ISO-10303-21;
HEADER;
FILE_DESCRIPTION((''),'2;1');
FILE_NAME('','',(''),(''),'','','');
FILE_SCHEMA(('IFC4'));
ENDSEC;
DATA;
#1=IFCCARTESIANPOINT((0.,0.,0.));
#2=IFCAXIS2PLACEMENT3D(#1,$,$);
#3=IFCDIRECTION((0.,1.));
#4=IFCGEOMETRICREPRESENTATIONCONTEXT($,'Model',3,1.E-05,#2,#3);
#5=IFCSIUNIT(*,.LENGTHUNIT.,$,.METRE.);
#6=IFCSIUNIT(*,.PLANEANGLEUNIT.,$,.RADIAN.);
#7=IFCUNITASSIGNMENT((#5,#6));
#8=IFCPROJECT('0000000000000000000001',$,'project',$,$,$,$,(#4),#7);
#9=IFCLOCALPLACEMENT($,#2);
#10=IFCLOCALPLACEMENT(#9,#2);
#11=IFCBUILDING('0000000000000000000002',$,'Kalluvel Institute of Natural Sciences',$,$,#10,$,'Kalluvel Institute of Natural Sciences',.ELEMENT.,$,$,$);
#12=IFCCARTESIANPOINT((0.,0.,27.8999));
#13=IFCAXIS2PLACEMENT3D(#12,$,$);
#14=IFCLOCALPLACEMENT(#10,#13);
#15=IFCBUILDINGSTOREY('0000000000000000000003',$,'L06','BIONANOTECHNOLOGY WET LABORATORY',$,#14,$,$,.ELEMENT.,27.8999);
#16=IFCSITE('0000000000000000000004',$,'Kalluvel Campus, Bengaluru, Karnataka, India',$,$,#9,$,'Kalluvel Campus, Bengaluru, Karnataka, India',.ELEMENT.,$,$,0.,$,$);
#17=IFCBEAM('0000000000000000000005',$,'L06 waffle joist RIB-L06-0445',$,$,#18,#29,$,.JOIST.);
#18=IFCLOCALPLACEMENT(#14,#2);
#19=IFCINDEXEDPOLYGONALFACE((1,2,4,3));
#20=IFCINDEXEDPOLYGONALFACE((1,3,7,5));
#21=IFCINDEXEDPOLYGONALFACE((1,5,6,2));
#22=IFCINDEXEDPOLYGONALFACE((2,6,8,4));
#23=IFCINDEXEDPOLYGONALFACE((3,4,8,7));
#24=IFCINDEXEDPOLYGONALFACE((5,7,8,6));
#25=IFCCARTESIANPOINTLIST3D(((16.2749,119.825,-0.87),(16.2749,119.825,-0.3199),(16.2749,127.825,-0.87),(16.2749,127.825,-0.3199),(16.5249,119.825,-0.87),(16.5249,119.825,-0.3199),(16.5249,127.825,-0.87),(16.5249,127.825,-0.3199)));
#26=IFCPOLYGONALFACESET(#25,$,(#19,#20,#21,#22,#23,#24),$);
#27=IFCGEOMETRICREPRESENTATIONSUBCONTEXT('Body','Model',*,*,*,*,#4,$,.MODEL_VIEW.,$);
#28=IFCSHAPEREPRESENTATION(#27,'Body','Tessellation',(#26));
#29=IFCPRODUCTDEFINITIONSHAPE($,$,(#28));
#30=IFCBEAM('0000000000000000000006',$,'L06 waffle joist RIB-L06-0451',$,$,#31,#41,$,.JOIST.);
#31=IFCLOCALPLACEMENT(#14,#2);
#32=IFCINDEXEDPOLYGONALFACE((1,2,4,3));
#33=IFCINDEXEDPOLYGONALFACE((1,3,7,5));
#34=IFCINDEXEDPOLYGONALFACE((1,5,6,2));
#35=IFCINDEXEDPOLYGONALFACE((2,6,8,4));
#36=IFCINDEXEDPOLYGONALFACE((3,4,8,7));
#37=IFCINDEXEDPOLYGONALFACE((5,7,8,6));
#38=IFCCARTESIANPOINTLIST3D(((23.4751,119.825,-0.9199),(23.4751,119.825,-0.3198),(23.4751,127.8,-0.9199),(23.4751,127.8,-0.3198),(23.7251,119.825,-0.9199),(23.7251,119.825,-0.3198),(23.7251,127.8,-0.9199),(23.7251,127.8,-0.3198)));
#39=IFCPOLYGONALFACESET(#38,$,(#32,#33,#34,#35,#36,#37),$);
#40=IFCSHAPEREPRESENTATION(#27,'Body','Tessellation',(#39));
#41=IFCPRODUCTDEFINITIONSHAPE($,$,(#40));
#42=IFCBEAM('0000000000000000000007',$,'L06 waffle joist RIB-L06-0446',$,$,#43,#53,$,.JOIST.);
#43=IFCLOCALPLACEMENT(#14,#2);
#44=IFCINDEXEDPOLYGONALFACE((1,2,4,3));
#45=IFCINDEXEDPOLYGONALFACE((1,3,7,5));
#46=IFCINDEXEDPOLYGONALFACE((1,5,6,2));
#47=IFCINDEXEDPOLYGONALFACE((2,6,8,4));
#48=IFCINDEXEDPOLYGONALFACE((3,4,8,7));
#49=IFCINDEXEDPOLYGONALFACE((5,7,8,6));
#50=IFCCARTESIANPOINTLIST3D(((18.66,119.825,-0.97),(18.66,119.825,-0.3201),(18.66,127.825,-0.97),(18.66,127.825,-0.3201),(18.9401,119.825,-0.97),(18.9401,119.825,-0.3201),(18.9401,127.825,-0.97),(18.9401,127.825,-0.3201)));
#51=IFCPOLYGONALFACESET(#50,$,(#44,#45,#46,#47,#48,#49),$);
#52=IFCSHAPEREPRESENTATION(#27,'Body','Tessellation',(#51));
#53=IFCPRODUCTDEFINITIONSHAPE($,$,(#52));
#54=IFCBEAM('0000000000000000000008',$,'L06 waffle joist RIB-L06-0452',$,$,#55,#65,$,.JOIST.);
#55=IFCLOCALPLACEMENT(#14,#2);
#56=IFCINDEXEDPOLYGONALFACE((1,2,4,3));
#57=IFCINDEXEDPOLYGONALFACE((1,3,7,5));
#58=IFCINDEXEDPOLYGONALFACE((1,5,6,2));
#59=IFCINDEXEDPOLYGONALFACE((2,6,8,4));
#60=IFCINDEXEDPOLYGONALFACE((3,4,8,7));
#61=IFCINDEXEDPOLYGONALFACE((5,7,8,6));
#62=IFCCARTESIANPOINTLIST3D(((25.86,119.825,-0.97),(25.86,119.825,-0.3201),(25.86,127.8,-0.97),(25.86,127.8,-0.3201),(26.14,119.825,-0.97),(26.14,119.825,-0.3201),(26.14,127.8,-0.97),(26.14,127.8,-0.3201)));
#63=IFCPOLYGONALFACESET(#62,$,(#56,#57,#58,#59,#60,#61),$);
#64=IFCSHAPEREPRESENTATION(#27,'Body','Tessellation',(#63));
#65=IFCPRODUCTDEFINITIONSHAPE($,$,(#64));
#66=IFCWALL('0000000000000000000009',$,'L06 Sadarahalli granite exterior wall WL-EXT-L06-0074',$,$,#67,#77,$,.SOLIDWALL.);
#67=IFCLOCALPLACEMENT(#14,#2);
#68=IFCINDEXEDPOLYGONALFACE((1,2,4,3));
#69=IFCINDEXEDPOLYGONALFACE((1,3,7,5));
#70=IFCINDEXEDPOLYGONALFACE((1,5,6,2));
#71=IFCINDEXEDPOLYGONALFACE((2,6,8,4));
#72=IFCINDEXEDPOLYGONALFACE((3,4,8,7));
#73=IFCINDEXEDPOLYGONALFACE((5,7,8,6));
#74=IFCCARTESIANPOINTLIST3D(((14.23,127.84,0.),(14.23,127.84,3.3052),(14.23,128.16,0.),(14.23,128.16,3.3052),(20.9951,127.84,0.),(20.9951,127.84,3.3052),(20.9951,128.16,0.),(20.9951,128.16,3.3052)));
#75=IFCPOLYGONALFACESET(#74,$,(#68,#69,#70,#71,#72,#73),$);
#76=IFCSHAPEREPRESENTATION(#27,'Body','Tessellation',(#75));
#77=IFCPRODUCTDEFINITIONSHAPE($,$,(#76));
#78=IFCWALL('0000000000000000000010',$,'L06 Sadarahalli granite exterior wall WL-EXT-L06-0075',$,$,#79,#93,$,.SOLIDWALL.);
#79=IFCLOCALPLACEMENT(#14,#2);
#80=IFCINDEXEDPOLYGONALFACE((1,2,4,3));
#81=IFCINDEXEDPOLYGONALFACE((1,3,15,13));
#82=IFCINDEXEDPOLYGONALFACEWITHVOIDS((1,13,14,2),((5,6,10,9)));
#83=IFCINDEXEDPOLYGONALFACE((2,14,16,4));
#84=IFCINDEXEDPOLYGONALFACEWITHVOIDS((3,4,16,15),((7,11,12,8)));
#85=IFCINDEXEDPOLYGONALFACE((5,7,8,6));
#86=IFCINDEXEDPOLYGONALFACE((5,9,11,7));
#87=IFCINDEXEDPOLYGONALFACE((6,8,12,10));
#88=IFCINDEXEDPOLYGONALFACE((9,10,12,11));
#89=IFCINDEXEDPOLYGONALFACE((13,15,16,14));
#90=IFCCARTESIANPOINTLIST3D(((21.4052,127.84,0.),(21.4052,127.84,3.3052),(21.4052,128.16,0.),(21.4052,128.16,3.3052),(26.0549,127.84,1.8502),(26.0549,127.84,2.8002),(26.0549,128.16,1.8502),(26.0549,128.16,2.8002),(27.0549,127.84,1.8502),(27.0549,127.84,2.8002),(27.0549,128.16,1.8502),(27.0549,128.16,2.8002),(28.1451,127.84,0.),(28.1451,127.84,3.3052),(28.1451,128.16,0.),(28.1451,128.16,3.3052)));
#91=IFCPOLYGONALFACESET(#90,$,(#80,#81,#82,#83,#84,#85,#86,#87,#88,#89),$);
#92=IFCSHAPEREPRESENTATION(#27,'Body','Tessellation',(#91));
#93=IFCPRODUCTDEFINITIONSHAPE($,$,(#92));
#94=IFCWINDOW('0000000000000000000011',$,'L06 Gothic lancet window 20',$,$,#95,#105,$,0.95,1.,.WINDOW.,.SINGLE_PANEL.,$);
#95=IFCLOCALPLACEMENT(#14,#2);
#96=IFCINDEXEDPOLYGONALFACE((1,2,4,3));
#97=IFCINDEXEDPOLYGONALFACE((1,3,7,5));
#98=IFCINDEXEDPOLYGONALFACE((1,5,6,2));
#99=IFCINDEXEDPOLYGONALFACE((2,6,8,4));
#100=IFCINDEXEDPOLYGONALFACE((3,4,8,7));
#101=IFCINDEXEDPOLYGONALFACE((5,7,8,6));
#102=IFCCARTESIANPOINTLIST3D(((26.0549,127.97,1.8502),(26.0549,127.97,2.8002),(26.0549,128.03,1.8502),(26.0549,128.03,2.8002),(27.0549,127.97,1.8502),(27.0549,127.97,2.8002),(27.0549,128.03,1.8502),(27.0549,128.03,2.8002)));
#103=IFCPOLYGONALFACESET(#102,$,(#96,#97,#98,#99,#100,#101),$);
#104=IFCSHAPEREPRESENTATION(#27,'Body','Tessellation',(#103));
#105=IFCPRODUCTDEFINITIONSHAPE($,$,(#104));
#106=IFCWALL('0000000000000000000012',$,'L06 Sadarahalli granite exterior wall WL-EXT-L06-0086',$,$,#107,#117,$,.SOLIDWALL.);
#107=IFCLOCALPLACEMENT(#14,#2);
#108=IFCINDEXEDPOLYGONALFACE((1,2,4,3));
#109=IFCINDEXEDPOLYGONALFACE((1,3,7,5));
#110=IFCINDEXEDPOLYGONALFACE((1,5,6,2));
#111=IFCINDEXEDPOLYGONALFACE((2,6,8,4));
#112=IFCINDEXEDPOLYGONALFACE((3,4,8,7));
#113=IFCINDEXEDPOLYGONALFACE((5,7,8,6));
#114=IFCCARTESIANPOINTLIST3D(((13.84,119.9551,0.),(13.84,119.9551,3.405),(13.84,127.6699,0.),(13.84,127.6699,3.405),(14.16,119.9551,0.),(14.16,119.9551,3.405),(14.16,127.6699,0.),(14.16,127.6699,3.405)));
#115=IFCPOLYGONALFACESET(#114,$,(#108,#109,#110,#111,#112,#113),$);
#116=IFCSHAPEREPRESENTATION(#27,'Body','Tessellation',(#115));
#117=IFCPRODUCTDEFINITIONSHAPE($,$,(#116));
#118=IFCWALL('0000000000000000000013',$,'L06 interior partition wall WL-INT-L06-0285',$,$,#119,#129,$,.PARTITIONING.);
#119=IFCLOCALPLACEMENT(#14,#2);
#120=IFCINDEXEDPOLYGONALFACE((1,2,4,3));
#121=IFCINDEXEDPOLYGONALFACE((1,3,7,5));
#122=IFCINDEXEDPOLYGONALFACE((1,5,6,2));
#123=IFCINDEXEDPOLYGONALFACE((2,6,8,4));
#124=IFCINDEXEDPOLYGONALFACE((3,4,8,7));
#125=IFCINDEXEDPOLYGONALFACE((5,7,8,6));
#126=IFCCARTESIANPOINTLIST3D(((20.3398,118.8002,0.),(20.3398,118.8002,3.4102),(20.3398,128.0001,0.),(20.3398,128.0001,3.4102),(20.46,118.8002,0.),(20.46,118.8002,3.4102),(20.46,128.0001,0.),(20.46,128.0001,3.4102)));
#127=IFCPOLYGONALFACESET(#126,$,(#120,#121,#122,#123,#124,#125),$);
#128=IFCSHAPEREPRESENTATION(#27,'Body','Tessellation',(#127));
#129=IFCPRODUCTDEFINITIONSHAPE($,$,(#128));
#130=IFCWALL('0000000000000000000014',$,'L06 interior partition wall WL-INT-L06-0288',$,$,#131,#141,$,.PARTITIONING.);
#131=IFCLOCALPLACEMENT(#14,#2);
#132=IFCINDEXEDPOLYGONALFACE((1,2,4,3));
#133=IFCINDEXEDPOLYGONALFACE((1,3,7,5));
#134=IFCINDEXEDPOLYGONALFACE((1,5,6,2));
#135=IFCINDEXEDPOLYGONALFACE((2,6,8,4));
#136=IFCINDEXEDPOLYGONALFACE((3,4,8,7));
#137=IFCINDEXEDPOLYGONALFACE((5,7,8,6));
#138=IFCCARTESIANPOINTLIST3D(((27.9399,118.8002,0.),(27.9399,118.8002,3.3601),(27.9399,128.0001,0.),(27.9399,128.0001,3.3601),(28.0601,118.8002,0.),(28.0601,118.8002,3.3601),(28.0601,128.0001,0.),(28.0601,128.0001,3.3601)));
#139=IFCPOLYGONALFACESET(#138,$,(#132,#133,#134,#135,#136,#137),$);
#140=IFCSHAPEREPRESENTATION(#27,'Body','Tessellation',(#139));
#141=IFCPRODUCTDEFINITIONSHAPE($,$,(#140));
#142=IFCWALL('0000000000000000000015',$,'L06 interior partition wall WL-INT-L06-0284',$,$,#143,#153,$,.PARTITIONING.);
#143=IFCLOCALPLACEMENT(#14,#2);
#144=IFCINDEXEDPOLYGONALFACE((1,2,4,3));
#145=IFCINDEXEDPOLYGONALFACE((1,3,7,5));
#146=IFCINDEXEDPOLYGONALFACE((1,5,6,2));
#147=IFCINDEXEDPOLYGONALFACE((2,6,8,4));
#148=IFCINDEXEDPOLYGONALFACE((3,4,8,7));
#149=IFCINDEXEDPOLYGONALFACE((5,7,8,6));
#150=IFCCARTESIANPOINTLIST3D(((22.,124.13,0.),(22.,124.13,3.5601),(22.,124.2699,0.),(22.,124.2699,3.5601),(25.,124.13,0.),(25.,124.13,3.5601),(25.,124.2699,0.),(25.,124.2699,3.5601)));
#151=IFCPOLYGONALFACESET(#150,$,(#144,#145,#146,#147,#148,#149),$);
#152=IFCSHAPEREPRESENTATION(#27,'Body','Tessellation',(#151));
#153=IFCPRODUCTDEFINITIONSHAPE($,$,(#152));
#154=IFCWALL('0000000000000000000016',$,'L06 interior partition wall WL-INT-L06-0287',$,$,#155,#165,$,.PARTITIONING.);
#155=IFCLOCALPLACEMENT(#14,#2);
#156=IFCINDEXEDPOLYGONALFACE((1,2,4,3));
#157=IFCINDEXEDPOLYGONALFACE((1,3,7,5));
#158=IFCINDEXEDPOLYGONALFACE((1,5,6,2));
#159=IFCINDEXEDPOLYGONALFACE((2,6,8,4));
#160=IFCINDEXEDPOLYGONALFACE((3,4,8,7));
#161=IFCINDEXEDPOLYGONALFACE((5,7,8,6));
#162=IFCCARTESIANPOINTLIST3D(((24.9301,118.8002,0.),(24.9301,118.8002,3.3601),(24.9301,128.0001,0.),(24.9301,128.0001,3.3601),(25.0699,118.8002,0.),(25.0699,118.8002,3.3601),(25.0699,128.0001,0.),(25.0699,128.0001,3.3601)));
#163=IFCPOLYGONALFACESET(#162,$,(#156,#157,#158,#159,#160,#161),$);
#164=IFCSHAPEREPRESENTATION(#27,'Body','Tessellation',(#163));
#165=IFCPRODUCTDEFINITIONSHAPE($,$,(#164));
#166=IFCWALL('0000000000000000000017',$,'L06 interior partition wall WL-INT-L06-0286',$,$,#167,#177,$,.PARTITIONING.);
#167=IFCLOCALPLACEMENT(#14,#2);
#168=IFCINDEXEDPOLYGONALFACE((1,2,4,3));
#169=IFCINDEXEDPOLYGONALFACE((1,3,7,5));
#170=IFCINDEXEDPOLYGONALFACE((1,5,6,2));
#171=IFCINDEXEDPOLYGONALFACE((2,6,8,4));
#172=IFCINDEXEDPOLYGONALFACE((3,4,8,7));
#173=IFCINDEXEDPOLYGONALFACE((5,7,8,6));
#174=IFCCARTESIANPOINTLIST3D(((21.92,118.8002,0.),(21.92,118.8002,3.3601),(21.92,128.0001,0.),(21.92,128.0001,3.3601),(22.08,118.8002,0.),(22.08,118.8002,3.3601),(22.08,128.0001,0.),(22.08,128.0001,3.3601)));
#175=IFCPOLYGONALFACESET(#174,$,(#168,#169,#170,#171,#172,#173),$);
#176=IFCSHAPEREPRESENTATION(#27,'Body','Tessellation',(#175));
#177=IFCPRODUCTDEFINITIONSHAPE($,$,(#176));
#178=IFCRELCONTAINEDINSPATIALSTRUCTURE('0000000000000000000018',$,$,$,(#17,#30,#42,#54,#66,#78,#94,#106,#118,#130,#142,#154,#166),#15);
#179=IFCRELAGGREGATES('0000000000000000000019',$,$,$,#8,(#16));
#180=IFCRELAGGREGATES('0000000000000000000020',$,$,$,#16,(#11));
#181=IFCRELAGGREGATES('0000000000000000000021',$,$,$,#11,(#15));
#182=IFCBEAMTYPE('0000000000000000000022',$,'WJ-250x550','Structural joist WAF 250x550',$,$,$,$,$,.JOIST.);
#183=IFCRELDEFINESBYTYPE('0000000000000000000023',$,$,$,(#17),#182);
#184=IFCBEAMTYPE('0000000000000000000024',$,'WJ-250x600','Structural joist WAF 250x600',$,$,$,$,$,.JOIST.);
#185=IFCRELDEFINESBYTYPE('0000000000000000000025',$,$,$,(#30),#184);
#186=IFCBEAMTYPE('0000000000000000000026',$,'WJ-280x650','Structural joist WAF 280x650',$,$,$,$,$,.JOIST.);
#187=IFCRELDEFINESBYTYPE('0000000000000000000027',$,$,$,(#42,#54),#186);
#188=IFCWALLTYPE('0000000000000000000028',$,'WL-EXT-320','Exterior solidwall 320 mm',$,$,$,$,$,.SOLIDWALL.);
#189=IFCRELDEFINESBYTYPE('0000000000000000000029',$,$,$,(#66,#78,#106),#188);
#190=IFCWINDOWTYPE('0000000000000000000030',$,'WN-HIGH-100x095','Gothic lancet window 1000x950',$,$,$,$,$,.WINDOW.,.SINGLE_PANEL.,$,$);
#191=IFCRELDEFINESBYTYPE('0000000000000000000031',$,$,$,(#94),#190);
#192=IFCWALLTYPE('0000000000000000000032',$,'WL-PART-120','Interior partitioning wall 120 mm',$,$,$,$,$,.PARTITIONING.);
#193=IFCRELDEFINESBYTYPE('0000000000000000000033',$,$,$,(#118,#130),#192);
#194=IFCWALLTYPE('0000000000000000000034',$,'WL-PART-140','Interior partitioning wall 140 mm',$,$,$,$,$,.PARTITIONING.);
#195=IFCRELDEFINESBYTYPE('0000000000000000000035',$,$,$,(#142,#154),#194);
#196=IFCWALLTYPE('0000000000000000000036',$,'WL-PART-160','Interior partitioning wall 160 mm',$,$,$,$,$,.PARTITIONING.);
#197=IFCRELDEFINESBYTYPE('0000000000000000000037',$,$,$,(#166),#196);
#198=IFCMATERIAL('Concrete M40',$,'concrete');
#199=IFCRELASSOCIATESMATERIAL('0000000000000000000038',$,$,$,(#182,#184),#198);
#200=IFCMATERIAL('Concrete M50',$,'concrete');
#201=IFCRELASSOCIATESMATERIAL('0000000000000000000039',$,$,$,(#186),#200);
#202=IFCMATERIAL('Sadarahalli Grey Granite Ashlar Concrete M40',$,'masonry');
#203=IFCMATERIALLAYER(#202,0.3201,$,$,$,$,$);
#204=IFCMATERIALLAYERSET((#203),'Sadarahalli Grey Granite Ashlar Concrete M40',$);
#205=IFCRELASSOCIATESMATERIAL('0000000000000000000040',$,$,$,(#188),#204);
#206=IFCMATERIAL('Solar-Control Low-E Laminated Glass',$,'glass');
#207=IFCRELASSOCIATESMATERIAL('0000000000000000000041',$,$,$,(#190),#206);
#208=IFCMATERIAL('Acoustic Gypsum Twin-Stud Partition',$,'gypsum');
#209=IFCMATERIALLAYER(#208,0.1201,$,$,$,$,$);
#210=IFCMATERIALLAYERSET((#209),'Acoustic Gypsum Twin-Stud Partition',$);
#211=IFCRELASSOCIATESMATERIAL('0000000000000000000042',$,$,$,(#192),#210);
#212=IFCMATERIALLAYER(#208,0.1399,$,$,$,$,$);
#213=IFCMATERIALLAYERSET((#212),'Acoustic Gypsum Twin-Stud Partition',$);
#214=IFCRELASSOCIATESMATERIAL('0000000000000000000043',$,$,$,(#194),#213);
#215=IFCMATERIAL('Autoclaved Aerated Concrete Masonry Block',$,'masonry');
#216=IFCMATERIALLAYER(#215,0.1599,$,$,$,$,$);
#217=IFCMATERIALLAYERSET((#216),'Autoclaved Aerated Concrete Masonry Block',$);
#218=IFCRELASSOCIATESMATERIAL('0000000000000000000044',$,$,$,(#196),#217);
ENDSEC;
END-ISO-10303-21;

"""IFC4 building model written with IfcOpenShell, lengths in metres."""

from ifc_helpers import new_model, si_unit, direction, frame, frame_2d, origin, origin_2d, place, context, subcontext, project, spatial, rectangle, extrude, material, layer, layer_set, material_profile, profile_set, type_object, element, fill, save


model = new_model("IFC4")

# Units and contexts
model_context = context("Model", 3, precision=1e-05, world=origin(), true_north=direction((0.0, 1.0)))
body_context = subcontext(model_context, "Body", "Model", "MODEL_VIEW")
ifc_project = project(units=[si_unit("LENGTHUNIT", "METRE"), si_unit("PLANEANGLEUNIT", "RADIAN")], contexts=[model_context])

# Site, building, storey
site_placement = place(None, origin())
site = spatial("IfcSite", under=ifc_project, at=site_placement, Name="Kalluvel Campus, Bengaluru, Karnataka, India", LongName="Kalluvel Campus, Bengaluru, Karnataka, India", CompositionType="ELEMENT", RefElevation=0.0)
building_placement = place(site_placement, origin())
building = spatial("IfcBuilding", under=site, at=building_placement, Name="Kalluvel Institute of Natural Sciences", LongName="Kalluvel Institute of Natural Sciences", CompositionType="ELEMENT")
storey_placement = place(building_placement, frame((0.0, 0.0, 27.8999)))
storey = spatial("IfcBuildingStorey", under=building, at=storey_placement, Name="L06", Description="BIONANOTECHNOLOGY WET LABORATORY", CompositionType="ELEMENT", Elevation=27.8999)

# Shared definitions
ifc_material_1 = material(Name="Concrete M40", Category="concrete")

# Beams
ifc_material_2 = material(Name="Concrete M50", Category="concrete")
ifc_material_profile_1 = material_profile(ifc_material_1, rectangle(XDim=0.25, YDim=0.55, at=origin_2d()), Name="WAF 250x550")
ifc_profile_set_1 = profile_set([ifc_material_profile_1], Name="Concrete M40")
beam_type_1 = type_object("IfcBeamType", Name="WJ-250x550", Description="Structural joist WAF 250x550", PredefinedType="JOIST", material=ifc_profile_set_1)
beam_1_placement = place(storey_placement, frame((16.3999, 119.825, -0.595), z_axis=(0.0, 1.0, 0.0), x_axis=(-1.0, 0.0, 0.0)))
element("IfcBeam", 1, at=beam_1_placement, inside=storey, type_object=beam_type_1, Name="L06 waffle joist RIB-L06-0445", PredefinedType="JOIST", context=body_context, shape_type="SweptSolid", body=[
    extrude(rectangle(XDim=0.25, YDim=0.55, at=origin_2d()), origin(), (0.0, 0.0, 1.0), 8.0),
])
ifc_material_profile_2 = material_profile(ifc_material_1, rectangle(XDim=0.25, YDim=0.6001, at=origin_2d()), Name="WAF 250x600")
ifc_profile_set_2 = profile_set([ifc_material_profile_2], Name="Concrete M40")
beam_type_2 = type_object("IfcBeamType", Name="WJ-250x600", Description="Structural joist WAF 250x600", PredefinedType="JOIST", material=ifc_profile_set_2)
beam_2_placement = place(storey_placement, frame((23.6001, 119.825, -0.6199), z_axis=(0.0, 1.0, 0.0), x_axis=(-1.0, 0.0, 0.0)))
element("IfcBeam", 2, at=beam_2_placement, inside=storey, type_object=beam_type_2, Name="L06 waffle joist RIB-L06-0451", PredefinedType="JOIST", context=body_context, shape_type="SweptSolid", body=[
    extrude(rectangle(XDim=0.25, YDim=0.6001, at=origin_2d()), origin(), (0.0, 0.0, 1.0), 7.9751),
])
ifc_material_profile_3 = material_profile(ifc_material_2, rectangle(XDim=0.28, YDim=0.6499, at=origin_2d()), Name="WAF 280x650")
ifc_profile_set_3 = profile_set([ifc_material_profile_3], Name="Concrete M50")
beam_type_3 = type_object("IfcBeamType", Name="WJ-280x650", Description="Structural joist WAF 280x650", PredefinedType="JOIST", material=ifc_profile_set_3)
beam_3_placement = place(storey_placement, frame((18.8, 119.825, -0.645), z_axis=(0.0, 1.0, 0.0), x_axis=(-1.0, 0.0, 0.0)))
element("IfcBeam", 3, at=beam_3_placement, inside=storey, type_object=beam_type_3, Name="L06 waffle joist RIB-L06-0446", PredefinedType="JOIST", context=body_context, shape_type="SweptSolid", body=[
    extrude(rectangle(XDim=0.28, YDim=0.6499, at=origin_2d()), origin(), (0.0, 0.0, 1.0), 8.0),
])
beam_4_placement = place(storey_placement, frame((26.0, 119.825, -0.645), z_axis=(0.0, 1.0, 0.0), x_axis=(-1.0, 0.0, 0.0)))
element("IfcBeam", 4, at=beam_4_placement, inside=storey, type_object=beam_type_3, Name="L06 waffle joist RIB-L06-0452", PredefinedType="JOIST", context=body_context, shape_type="SweptSolid", body=[
    extrude(rectangle(XDim=0.28, YDim=0.6499, at=origin_2d()), origin(), (0.0, 0.0, 1.0), 7.9751),
])

# Wall
ifc_material_3 = material(Name="Sadarahalli Grey Granite Ashlar Concrete M40", Category="masonry")
ifc_layer_1 = layer(ifc_material_3, 0.3201)
ifc_layer_set_1 = layer_set([ifc_layer_1], Name="Sadarahalli Grey Granite Ashlar Concrete M40")
wall_type_1 = type_object("IfcWallType", Name="WL-EXT-320", Description="Exterior solidwall 320 mm", PredefinedType="SOLIDWALL", material=ifc_layer_set_1)
wall_1_placement = place(storey_placement, frame((14.23, 128.0, 0.0), z_axis=(0.0, 0.0, 1.0), x_axis=(1.0, 0.0, 0.0)))
element("IfcWall", 5, at=wall_1_placement, inside=storey, type_object=wall_type_1, Name="L06 Sadarahalli granite exterior wall WL-EXT-L06-0074", PredefinedType="SOLIDWALL", context=body_context, shape_type="SweptSolid", body=[
    extrude(rectangle(XDim=6.7651, YDim=0.3201, at=frame_2d((3.3826, 0.0))), origin(), (0.0, 0.0, 1.0), 3.3052),
])

# Wall, opening, window
wall_2_placement = place(storey_placement, frame((21.405, 128.0, 0.0), z_axis=(0.0, 0.0, 1.0), x_axis=(1.0, 0.0, 0.0)))
wall_2 = element("IfcWall", 6, at=wall_2_placement, inside=storey, type_object=wall_type_1, Name="L06 Sadarahalli granite exterior wall WL-EXT-L06-0075", PredefinedType="SOLIDWALL", context=body_context, shape_type="SweptSolid", body=[
    extrude(rectangle(XDim=6.74, YDim=0.3201, at=frame_2d((3.3701, 0.0))), origin(), (0.0, 0.0, 1.0), 3.3052),
])
opening_placement = place(wall_2_placement, frame((4.6499, 0.0, 1.8501)))
opening = element("IfcOpeningElement", 7, at=opening_placement, cuts=wall_2, PredefinedType="OPENING", context=body_context, shape_type="SweptSolid", body=[
    extrude(rectangle(XDim=1.0, YDim=0.95, at=frame_2d((0.5, 0.4751))), frame((0.0, 0.1699, 0.0), z_axis=(0.0, -1.0, 0.0), x_axis=(1.0, 0.0, 0.0)), (0.0, 0.0, 1.0), 0.3401),
])
ifc_material_4 = material(Name="Solar-Control Low-E Laminated Glass", Category="glass")
window_type = type_object("IfcWindowType", Name="WN-HIGH-100x095", Description="Gothic lancet window 1000x950", PartitioningType="SINGLE_PANEL", PredefinedType="WINDOW", material=ifc_material_4)
window_placement = place(opening_placement, origin())
window = element("IfcWindow", 8, at=window_placement, inside=storey, type_object=window_type, Name="L06 Gothic lancet window 20", OverallHeight=0.95, OverallWidth=1.0, PartitioningType="SINGLE_PANEL", PredefinedType="WINDOW", context=body_context, shape_type="SweptSolid", body=[
    extrude(rectangle(XDim=1.0, YDim=0.95, at=frame_2d((0.5, 0.4751))), frame((0.0, 0.03, 0.0), z_axis=(0.0, -1.0, 0.0), x_axis=(1.0, 0.0, 0.0)), (0.0, 0.0, 1.0), 0.0601),
])
fill(opening, window)

# Walls
wall_3_placement = place(storey_placement, frame((14.0, 119.9551, 0.0), z_axis=(0.0, 0.0, 1.0), x_axis=(0.0, 1.0, 0.0)))
element("IfcWall", 9, at=wall_3_placement, inside=storey, type_object=wall_type_1, Name="L06 Sadarahalli granite exterior wall WL-EXT-L06-0086", PredefinedType="SOLIDWALL", context=body_context, shape_type="SweptSolid", body=[
    extrude(rectangle(XDim=7.7148, YDim=0.3201, at=frame_2d((3.8574, 0.0))), origin(), (0.0, 0.0, 1.0), 3.405),
])
ifc_material_5 = material(Name="Acoustic Gypsum Twin-Stud Partition", Category="gypsum")
ifc_layer_2 = layer(ifc_material_5, 0.1201)
ifc_layer_set_2 = layer_set([ifc_layer_2], Name="Acoustic Gypsum Twin-Stud Partition")
wall_type_2 = type_object("IfcWallType", Name="WL-PART-120", Description="Interior partitioning wall 120 mm", PredefinedType="PARTITIONING", material=ifc_layer_set_2)
wall_4_placement = place(storey_placement, frame((20.3999, 118.8, 0.0), z_axis=(0.0, 0.0, 1.0), x_axis=(0.0, 1.0, 0.0)))
element("IfcWall", 10, at=wall_4_placement, inside=storey, type_object=wall_type_2, Name="L06 interior partition wall WL-INT-L06-0285", PredefinedType="PARTITIONING", context=body_context, shape_type="SweptSolid", body=[
    extrude(rectangle(XDim=9.2, YDim=0.1201, at=frame_2d((4.6001, 0.0))), origin(), (0.0, 0.0, 1.0), 3.4102),
])
wall_5_placement = place(storey_placement, frame((28.0, 118.8, 0.0), z_axis=(0.0, 0.0, 1.0), x_axis=(0.0, 1.0, 0.0)))
element("IfcWall", 11, at=wall_5_placement, inside=storey, type_object=wall_type_2, Name="L06 interior partition wall WL-INT-L06-0288", PredefinedType="PARTITIONING", context=body_context, shape_type="SweptSolid", body=[
    extrude(rectangle(XDim=9.2, YDim=0.1201, at=frame_2d((4.6001, 0.0))), origin(), (0.0, 0.0, 1.0), 3.3601),
])
ifc_layer_3 = layer(ifc_material_5, 0.1399)
ifc_layer_set_3 = layer_set([ifc_layer_3], Name="Acoustic Gypsum Twin-Stud Partition")
wall_type_3 = type_object("IfcWallType", Name="WL-PART-140", Description="Interior partitioning wall 140 mm", PredefinedType="PARTITIONING", material=ifc_layer_set_3)
wall_6_placement = place(storey_placement, frame((22.0, 124.2, 0.0), z_axis=(0.0, 0.0, 1.0), x_axis=(1.0, 0.0, 0.0)))
element("IfcWall", 12, at=wall_6_placement, inside=storey, type_object=wall_type_3, Name="L06 interior partition wall WL-INT-L06-0284", PredefinedType="PARTITIONING", context=body_context, shape_type="SweptSolid", body=[
    extrude(rectangle(XDim=3.0, YDim=0.1399, at=frame_2d((1.5, 0.0))), origin(), (0.0, 0.0, 1.0), 3.5601),
])
wall_7_placement = place(storey_placement, frame((25.0, 118.8, 0.0), z_axis=(0.0, 0.0, 1.0), x_axis=(0.0, 1.0, 0.0)))
element("IfcWall", 13, at=wall_7_placement, inside=storey, type_object=wall_type_3, Name="L06 interior partition wall WL-INT-L06-0287", PredefinedType="PARTITIONING", context=body_context, shape_type="SweptSolid", body=[
    extrude(rectangle(XDim=9.2, YDim=0.1399, at=frame_2d((4.6001, 0.0))), origin(), (0.0, 0.0, 1.0), 3.3601),
])
ifc_material_6 = material(Name="Autoclaved Aerated Concrete Masonry Block", Category="masonry")
ifc_layer_4 = layer(ifc_material_6, 0.1599)
ifc_layer_set_4 = layer_set([ifc_layer_4], Name="Autoclaved Aerated Concrete Masonry Block")
wall_type_4 = type_object("IfcWallType", Name="WL-PART-160", Description="Interior partitioning wall 160 mm", PredefinedType="PARTITIONING", material=ifc_layer_set_4)
wall_8_placement = place(storey_placement, frame((22.0, 118.8, 0.0), z_axis=(0.0, 0.0, 1.0), x_axis=(0.0, 1.0, 0.0)))
element("IfcWall", 14, at=wall_8_placement, inside=storey, type_object=wall_type_4, Name="L06 interior partition wall WL-INT-L06-0286", PredefinedType="PARTITIONING", context=body_context, shape_type="SweptSolid", body=[
    extrude(rectangle(XDim=9.2, YDim=0.1599, at=frame_2d((4.6001, 0.0))), origin(), (0.0, 0.0, 1.0), 3.3601),
])

save(model, "model.ifc")
